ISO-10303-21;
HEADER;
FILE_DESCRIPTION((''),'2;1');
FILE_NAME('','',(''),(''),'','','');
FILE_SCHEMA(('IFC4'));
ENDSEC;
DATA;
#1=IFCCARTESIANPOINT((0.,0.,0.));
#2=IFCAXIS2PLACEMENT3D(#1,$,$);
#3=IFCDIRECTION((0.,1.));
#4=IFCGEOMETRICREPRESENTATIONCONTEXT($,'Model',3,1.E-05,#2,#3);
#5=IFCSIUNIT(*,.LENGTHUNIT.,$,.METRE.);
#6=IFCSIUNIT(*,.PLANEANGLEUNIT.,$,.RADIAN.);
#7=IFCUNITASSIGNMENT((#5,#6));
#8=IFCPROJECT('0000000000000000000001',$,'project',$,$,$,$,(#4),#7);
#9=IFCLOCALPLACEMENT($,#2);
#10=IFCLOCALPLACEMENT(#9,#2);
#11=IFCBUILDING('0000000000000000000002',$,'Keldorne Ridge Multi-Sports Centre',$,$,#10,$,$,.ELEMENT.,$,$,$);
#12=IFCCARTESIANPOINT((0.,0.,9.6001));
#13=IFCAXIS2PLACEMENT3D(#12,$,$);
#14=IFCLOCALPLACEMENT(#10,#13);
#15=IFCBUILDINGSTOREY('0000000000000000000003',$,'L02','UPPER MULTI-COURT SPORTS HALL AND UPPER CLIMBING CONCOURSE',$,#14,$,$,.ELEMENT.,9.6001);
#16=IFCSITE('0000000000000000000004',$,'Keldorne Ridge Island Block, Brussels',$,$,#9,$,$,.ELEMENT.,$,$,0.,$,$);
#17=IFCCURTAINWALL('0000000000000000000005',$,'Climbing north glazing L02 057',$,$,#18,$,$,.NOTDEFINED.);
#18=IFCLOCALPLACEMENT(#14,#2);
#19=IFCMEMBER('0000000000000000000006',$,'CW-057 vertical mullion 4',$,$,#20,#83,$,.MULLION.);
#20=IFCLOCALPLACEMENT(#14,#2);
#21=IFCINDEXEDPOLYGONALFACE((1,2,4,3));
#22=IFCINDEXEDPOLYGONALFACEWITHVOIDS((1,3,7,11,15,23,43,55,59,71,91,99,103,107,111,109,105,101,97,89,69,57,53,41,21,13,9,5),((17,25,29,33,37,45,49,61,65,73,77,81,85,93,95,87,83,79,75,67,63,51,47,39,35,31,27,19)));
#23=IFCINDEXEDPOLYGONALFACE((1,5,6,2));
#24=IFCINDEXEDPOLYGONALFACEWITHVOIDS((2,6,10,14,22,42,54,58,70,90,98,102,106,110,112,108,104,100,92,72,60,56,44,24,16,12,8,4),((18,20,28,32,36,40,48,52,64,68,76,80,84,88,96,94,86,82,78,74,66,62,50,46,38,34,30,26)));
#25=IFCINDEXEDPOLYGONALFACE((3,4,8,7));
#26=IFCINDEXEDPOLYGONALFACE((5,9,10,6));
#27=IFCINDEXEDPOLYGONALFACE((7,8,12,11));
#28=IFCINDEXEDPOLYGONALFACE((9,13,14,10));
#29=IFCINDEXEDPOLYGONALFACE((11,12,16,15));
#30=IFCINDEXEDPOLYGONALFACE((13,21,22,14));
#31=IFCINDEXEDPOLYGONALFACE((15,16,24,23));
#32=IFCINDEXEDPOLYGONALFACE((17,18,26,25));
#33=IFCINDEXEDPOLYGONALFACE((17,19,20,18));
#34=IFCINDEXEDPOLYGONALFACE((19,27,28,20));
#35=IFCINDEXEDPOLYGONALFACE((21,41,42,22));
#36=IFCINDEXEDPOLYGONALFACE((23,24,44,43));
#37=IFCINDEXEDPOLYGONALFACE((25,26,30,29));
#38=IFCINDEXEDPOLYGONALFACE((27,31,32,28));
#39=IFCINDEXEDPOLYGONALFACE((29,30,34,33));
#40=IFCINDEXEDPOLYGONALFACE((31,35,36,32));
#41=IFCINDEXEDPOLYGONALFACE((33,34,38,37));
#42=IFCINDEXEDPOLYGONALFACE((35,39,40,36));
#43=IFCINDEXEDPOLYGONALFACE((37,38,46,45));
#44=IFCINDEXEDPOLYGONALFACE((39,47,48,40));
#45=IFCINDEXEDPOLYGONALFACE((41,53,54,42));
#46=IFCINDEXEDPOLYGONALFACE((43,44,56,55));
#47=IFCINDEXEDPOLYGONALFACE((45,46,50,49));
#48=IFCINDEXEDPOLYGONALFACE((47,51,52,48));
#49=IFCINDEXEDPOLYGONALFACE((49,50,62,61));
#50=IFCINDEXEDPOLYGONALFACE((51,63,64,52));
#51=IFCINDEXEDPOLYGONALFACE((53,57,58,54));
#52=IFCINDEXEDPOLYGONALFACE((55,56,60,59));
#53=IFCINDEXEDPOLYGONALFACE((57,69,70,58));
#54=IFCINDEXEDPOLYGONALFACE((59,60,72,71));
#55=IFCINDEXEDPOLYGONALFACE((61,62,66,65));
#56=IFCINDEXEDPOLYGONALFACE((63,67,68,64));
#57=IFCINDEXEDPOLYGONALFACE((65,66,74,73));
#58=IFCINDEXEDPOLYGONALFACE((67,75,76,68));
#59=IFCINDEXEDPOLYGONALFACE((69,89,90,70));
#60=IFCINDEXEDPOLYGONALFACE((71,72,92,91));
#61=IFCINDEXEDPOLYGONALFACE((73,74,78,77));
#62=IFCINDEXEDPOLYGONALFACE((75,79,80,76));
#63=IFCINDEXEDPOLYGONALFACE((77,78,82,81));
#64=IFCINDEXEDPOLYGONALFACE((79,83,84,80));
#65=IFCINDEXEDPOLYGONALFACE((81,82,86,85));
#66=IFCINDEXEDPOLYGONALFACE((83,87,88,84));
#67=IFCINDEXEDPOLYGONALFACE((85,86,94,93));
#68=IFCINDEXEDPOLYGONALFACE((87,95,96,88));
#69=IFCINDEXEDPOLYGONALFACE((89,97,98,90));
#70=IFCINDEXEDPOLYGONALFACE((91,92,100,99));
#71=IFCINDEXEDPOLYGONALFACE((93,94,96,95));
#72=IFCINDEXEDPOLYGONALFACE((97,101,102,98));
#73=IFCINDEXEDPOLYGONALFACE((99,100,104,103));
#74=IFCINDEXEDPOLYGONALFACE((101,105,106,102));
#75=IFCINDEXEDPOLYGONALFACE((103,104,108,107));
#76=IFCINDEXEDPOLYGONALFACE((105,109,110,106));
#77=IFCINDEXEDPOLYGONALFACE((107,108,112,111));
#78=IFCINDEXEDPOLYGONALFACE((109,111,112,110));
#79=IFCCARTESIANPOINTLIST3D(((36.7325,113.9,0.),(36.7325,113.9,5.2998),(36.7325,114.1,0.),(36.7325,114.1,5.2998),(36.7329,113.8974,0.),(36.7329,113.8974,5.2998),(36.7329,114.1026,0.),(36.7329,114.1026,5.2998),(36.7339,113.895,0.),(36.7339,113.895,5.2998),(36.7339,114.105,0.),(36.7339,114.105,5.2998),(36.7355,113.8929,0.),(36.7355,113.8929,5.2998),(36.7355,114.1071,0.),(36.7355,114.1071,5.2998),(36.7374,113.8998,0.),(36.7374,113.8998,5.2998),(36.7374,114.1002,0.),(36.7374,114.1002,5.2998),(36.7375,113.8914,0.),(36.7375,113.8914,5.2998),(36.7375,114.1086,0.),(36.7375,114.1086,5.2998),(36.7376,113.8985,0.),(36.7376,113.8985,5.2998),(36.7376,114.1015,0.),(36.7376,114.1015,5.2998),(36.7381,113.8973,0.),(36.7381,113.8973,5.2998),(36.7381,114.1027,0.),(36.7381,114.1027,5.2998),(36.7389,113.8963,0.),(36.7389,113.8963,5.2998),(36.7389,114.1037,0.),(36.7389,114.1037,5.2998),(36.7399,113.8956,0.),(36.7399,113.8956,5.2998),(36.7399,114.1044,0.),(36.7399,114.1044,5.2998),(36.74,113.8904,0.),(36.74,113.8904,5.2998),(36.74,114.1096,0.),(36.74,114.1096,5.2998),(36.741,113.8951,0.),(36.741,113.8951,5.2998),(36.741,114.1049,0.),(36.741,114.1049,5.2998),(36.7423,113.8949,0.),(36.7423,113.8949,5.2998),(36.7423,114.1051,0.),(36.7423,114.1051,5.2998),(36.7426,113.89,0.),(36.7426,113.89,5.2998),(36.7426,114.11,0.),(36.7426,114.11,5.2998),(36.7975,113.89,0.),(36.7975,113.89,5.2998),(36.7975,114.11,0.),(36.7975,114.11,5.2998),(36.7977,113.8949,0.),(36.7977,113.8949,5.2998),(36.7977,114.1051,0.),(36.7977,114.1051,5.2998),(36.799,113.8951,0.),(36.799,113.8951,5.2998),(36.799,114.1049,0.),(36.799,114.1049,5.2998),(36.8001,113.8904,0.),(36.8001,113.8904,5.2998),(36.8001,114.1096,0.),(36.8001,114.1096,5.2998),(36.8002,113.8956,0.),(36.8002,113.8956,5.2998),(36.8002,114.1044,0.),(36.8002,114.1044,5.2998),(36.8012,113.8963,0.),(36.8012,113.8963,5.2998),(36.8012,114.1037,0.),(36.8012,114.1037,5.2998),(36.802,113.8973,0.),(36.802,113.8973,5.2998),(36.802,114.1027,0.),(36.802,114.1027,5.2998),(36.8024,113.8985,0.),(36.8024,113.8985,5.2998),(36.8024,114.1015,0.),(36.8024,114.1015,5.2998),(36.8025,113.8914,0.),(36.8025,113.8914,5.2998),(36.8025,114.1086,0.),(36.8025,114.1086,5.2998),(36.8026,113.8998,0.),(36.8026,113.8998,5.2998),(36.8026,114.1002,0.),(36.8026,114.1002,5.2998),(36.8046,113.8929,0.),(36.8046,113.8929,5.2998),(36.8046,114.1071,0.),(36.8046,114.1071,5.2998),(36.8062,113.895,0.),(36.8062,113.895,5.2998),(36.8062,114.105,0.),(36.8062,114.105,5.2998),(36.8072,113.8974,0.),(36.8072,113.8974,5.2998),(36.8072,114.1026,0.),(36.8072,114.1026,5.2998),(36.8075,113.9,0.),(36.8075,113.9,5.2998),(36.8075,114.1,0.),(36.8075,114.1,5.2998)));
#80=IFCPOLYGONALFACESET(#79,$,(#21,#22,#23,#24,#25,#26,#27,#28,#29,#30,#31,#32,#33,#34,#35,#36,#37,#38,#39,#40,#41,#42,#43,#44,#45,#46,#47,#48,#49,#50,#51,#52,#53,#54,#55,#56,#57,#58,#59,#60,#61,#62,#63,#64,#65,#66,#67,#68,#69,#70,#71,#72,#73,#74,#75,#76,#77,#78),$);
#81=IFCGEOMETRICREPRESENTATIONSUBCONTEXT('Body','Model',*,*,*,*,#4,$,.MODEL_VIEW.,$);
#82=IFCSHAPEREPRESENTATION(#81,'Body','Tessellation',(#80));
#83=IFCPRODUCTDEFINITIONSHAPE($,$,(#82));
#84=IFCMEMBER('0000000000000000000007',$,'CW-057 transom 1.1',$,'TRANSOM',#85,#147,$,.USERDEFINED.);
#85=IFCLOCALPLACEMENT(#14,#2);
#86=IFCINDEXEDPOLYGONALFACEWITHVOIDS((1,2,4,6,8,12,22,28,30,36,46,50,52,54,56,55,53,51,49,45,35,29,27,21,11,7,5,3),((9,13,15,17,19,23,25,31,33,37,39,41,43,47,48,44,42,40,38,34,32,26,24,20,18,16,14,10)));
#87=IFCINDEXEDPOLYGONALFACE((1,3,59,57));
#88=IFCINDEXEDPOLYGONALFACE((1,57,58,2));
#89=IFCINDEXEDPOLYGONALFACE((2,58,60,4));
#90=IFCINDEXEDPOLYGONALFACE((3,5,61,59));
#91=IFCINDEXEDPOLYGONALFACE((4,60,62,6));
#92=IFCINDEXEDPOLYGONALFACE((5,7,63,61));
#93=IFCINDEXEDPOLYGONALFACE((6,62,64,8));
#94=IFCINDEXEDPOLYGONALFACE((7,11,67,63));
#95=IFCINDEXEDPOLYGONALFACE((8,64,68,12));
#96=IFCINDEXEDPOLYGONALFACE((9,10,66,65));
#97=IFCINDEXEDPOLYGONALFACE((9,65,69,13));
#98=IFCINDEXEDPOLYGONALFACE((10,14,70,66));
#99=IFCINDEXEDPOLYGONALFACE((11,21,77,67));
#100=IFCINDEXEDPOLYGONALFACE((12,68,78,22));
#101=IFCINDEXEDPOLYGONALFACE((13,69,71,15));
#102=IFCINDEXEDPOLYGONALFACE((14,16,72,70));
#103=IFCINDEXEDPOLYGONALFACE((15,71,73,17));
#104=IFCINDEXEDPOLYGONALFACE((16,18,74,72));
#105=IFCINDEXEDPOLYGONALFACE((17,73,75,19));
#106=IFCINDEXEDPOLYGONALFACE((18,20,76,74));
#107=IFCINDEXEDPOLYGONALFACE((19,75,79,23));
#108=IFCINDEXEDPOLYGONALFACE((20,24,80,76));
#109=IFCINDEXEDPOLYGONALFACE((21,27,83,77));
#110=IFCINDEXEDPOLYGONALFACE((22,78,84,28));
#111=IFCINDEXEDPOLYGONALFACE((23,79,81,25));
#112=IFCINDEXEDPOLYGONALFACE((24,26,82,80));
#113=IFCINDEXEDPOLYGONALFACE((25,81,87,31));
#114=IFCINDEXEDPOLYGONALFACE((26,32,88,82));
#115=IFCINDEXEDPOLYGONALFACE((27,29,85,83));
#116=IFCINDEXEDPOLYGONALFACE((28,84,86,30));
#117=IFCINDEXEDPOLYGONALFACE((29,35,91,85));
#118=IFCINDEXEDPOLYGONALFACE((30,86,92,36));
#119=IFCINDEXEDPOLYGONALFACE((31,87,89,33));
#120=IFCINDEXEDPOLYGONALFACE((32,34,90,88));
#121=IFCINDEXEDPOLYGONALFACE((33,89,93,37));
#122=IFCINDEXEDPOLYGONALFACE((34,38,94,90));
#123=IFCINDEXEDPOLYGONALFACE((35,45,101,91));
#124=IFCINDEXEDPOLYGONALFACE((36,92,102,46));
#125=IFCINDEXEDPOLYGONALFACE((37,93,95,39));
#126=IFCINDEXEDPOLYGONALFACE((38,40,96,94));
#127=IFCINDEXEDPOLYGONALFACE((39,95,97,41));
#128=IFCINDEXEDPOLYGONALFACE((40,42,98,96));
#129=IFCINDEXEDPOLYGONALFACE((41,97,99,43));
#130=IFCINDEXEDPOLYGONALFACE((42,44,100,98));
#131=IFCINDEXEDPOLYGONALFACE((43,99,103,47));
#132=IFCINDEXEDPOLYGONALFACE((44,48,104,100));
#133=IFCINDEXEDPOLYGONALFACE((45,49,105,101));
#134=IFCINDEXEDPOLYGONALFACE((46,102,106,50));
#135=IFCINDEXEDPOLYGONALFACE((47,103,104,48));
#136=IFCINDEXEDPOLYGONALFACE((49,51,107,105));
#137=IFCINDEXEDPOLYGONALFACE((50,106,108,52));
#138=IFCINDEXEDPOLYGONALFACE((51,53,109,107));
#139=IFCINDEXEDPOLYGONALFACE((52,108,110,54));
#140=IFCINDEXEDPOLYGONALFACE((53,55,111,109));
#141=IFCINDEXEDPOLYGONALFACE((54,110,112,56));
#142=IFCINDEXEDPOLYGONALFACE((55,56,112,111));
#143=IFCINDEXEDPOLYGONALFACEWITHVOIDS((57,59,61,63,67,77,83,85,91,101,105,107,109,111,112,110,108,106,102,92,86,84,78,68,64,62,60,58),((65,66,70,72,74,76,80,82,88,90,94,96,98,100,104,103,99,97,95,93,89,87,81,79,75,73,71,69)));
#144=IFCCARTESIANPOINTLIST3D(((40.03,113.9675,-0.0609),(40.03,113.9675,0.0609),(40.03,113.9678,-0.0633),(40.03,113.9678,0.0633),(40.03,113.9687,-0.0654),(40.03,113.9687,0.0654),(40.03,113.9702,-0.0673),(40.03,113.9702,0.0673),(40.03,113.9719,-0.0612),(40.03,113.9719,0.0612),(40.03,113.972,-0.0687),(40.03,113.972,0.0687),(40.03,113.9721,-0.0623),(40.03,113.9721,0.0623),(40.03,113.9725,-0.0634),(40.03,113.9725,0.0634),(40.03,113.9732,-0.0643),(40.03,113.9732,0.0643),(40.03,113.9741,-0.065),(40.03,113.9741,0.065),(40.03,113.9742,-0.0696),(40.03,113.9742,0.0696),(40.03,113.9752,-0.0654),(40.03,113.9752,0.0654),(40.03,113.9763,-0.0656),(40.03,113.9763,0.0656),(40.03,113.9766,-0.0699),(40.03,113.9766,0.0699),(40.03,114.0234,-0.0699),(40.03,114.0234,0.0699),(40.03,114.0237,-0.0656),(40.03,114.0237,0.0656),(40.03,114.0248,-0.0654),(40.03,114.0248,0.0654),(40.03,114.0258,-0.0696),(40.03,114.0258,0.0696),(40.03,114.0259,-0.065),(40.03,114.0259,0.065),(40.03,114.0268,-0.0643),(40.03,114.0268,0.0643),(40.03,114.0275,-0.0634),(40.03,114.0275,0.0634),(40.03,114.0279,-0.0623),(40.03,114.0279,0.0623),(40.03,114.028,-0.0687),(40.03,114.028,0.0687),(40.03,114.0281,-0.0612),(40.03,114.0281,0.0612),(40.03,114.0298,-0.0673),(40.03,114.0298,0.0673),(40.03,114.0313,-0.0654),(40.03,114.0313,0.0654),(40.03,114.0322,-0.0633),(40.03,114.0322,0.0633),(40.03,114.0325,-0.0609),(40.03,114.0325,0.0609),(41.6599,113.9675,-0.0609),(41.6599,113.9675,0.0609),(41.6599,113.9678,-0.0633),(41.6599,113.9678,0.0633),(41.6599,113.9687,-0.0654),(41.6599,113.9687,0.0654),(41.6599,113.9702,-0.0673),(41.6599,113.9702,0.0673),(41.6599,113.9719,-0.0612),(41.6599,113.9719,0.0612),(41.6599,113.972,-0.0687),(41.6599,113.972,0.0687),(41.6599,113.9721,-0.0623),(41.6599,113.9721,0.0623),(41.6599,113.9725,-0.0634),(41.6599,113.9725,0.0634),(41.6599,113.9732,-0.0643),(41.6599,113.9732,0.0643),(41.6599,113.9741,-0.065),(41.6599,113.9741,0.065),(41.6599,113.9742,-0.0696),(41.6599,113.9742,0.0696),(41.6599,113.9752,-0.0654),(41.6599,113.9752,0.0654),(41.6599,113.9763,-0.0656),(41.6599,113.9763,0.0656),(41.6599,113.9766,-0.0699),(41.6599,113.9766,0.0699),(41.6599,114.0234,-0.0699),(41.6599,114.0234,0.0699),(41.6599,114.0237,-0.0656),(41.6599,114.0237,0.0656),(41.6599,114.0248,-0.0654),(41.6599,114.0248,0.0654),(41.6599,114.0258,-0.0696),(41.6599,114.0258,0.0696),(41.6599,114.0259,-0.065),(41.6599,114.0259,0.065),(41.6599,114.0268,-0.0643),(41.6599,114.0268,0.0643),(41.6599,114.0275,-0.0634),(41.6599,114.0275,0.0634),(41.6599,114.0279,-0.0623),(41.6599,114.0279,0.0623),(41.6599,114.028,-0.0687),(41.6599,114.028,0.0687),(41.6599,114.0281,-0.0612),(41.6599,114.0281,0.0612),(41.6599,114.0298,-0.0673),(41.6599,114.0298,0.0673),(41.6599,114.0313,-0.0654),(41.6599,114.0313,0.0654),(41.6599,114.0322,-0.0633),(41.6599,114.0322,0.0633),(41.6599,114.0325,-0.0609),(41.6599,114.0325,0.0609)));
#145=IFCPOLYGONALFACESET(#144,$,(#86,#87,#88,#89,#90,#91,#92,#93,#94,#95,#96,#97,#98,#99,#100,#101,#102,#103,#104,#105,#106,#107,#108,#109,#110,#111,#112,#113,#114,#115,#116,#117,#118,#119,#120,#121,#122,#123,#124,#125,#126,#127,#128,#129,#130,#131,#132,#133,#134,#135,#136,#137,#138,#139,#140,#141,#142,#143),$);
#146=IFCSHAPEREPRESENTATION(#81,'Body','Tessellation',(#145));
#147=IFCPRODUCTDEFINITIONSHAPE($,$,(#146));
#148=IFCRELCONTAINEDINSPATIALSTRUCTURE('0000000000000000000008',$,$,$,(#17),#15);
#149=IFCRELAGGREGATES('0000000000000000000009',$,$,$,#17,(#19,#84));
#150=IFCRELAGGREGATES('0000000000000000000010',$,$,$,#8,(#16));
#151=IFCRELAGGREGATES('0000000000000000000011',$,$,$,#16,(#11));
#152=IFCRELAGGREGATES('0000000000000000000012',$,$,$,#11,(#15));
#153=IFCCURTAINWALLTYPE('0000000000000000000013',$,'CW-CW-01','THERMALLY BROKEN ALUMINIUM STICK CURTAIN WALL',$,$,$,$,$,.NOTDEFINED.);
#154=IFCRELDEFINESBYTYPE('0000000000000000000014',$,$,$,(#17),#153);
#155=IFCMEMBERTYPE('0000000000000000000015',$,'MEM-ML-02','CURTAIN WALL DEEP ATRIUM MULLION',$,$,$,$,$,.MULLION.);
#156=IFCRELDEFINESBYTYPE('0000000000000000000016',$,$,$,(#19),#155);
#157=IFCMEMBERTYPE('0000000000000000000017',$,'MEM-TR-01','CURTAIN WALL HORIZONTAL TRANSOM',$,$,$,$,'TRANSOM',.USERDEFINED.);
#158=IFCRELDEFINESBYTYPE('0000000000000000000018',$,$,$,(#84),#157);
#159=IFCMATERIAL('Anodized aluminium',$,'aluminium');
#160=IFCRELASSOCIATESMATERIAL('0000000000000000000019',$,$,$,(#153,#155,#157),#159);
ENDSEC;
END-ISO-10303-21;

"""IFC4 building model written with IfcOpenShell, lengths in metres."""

from ifc_helpers import new_model, si_unit, direction, frame, origin, origin_2d, place, context, subcontext, project, spatial, hollow_rectangle, extrude, material, material_profile, profile_set, type_object, element, aggregate, save


model = new_model("IFC4")

# Units and contexts
model_context = context("Model", 3, precision=1e-05, world=origin(), true_north=direction((0.0, 1.0)))
body_context = subcontext(model_context, "Body", "Model", "MODEL_VIEW")
ifc_project = project(units=[si_unit("LENGTHUNIT", "METRE"), si_unit("PLANEANGLEUNIT", "RADIAN")], contexts=[model_context])

# Site, building, storey
site_placement = place(None, origin())
site = spatial("IfcSite", under=ifc_project, at=site_placement, Name="Keldorne Ridge Island Block, Brussels", CompositionType="ELEMENT", RefElevation=0.0)
building_placement = place(site_placement, origin())
building = spatial("IfcBuilding", under=site, at=building_placement, Name="Keldorne Ridge Multi-Sports Centre", CompositionType="ELEMENT")
storey_placement = place(building_placement, frame((0.0, 0.0, 9.6001)))
storey = spatial("IfcBuildingStorey", under=building, at=storey_placement, Name="L02", Description="UPPER MULTI-COURT SPORTS HALL AND UPPER CLIMBING CONCOURSE", CompositionType="ELEMENT", Elevation=9.6001)

# Shared definitions
ifc_material_1 = material(Name="Anodized aluminium", Category="aluminium")

# Curtain wall, members
curtain_wall_type_1 = type_object("IfcCurtainWallType", Name="CW-CW-01", Description="THERMALLY BROKEN ALUMINIUM STICK CURTAIN WALL", PredefinedType="NOTDEFINED", material=ifc_material_1)
curtain_wall_1_placement = place(storey_placement, origin())
curtain_wall_1 = element("IfcCurtainWall", 1, at=curtain_wall_1_placement, inside=storey, type_object=curtain_wall_type_1, Name="Climbing north glazing L02 057", PredefinedType="NOTDEFINED")
ifc_material_profile_1 = material_profile(ifc_material_1, hollow_rectangle(XDim=0.075, YDim=0.22, WallThickness=0.0049, InnerFilletRadius=0.0049, OuterFilletRadius=0.01, at=origin_2d()), Name="ALU MULLION 220x75x5")
ifc_profile_set_1 = profile_set([ifc_material_profile_1], Name="Anodized aluminium")
member_type_1 = type_object("IfcMemberType", Name="MEM-ML-02", Description="CURTAIN WALL DEEP ATRIUM MULLION", PredefinedType="MULLION", material=ifc_profile_set_1)
member_1_placement = place(storey_placement, frame((36.77, 114.0, 0.0), z_axis=(0.0, 0.0, 1.0), x_axis=(1.0, 0.0, 0.0)))
member_1 = element("IfcMember", 2, at=member_1_placement, type_object=member_type_1, Name="CW-057 vertical mullion 4", PredefinedType="MULLION", context=body_context, shape_type="SweptSolid", body=[
    extrude(hollow_rectangle(XDim=0.075, YDim=0.22, WallThickness=0.0049, InnerFilletRadius=0.0049, OuterFilletRadius=0.01, at=origin_2d()), origin(), (0.0, 0.0, 1.0), 5.2998),
])
ifc_material_profile_2 = material_profile(ifc_material_1, hollow_rectangle(XDim=0.0649, YDim=0.1399, WallThickness=0.0044, InnerFilletRadius=0.0044, OuterFilletRadius=0.009, at=origin_2d()), Name="ALU TRANSOM 140x65x4.5")
ifc_profile_set_2 = profile_set([ifc_material_profile_2], Name="Anodized aluminium")
member_type_2 = type_object("IfcMemberType", Name="MEM-TR-01", Description="CURTAIN WALL HORIZONTAL TRANSOM", ElementType="TRANSOM", PredefinedType="USERDEFINED", material=ifc_profile_set_2)
member_2_placement = place(storey_placement, frame((41.6599, 114.0, 0.0), z_axis=(-1.0, 0.0, 0.0), x_axis=(0.0, -1.0, 0.0)))
member_2 = element("IfcMember", 3, at=member_2_placement, type_object=member_type_2, Name="CW-057 transom 1.1", ObjectType="TRANSOM", PredefinedType="USERDEFINED", context=body_context, shape_type="SweptSolid", body=[
    extrude(hollow_rectangle(XDim=0.0649, YDim=0.1399, WallThickness=0.0044, InnerFilletRadius=0.0044, OuterFilletRadius=0.009, at=origin_2d()), origin(), (0.0, 0.0, 1.0), 1.6299),
])

aggregate(curtain_wall_1, [member_1, member_2])

save(model, "model.ifc")
